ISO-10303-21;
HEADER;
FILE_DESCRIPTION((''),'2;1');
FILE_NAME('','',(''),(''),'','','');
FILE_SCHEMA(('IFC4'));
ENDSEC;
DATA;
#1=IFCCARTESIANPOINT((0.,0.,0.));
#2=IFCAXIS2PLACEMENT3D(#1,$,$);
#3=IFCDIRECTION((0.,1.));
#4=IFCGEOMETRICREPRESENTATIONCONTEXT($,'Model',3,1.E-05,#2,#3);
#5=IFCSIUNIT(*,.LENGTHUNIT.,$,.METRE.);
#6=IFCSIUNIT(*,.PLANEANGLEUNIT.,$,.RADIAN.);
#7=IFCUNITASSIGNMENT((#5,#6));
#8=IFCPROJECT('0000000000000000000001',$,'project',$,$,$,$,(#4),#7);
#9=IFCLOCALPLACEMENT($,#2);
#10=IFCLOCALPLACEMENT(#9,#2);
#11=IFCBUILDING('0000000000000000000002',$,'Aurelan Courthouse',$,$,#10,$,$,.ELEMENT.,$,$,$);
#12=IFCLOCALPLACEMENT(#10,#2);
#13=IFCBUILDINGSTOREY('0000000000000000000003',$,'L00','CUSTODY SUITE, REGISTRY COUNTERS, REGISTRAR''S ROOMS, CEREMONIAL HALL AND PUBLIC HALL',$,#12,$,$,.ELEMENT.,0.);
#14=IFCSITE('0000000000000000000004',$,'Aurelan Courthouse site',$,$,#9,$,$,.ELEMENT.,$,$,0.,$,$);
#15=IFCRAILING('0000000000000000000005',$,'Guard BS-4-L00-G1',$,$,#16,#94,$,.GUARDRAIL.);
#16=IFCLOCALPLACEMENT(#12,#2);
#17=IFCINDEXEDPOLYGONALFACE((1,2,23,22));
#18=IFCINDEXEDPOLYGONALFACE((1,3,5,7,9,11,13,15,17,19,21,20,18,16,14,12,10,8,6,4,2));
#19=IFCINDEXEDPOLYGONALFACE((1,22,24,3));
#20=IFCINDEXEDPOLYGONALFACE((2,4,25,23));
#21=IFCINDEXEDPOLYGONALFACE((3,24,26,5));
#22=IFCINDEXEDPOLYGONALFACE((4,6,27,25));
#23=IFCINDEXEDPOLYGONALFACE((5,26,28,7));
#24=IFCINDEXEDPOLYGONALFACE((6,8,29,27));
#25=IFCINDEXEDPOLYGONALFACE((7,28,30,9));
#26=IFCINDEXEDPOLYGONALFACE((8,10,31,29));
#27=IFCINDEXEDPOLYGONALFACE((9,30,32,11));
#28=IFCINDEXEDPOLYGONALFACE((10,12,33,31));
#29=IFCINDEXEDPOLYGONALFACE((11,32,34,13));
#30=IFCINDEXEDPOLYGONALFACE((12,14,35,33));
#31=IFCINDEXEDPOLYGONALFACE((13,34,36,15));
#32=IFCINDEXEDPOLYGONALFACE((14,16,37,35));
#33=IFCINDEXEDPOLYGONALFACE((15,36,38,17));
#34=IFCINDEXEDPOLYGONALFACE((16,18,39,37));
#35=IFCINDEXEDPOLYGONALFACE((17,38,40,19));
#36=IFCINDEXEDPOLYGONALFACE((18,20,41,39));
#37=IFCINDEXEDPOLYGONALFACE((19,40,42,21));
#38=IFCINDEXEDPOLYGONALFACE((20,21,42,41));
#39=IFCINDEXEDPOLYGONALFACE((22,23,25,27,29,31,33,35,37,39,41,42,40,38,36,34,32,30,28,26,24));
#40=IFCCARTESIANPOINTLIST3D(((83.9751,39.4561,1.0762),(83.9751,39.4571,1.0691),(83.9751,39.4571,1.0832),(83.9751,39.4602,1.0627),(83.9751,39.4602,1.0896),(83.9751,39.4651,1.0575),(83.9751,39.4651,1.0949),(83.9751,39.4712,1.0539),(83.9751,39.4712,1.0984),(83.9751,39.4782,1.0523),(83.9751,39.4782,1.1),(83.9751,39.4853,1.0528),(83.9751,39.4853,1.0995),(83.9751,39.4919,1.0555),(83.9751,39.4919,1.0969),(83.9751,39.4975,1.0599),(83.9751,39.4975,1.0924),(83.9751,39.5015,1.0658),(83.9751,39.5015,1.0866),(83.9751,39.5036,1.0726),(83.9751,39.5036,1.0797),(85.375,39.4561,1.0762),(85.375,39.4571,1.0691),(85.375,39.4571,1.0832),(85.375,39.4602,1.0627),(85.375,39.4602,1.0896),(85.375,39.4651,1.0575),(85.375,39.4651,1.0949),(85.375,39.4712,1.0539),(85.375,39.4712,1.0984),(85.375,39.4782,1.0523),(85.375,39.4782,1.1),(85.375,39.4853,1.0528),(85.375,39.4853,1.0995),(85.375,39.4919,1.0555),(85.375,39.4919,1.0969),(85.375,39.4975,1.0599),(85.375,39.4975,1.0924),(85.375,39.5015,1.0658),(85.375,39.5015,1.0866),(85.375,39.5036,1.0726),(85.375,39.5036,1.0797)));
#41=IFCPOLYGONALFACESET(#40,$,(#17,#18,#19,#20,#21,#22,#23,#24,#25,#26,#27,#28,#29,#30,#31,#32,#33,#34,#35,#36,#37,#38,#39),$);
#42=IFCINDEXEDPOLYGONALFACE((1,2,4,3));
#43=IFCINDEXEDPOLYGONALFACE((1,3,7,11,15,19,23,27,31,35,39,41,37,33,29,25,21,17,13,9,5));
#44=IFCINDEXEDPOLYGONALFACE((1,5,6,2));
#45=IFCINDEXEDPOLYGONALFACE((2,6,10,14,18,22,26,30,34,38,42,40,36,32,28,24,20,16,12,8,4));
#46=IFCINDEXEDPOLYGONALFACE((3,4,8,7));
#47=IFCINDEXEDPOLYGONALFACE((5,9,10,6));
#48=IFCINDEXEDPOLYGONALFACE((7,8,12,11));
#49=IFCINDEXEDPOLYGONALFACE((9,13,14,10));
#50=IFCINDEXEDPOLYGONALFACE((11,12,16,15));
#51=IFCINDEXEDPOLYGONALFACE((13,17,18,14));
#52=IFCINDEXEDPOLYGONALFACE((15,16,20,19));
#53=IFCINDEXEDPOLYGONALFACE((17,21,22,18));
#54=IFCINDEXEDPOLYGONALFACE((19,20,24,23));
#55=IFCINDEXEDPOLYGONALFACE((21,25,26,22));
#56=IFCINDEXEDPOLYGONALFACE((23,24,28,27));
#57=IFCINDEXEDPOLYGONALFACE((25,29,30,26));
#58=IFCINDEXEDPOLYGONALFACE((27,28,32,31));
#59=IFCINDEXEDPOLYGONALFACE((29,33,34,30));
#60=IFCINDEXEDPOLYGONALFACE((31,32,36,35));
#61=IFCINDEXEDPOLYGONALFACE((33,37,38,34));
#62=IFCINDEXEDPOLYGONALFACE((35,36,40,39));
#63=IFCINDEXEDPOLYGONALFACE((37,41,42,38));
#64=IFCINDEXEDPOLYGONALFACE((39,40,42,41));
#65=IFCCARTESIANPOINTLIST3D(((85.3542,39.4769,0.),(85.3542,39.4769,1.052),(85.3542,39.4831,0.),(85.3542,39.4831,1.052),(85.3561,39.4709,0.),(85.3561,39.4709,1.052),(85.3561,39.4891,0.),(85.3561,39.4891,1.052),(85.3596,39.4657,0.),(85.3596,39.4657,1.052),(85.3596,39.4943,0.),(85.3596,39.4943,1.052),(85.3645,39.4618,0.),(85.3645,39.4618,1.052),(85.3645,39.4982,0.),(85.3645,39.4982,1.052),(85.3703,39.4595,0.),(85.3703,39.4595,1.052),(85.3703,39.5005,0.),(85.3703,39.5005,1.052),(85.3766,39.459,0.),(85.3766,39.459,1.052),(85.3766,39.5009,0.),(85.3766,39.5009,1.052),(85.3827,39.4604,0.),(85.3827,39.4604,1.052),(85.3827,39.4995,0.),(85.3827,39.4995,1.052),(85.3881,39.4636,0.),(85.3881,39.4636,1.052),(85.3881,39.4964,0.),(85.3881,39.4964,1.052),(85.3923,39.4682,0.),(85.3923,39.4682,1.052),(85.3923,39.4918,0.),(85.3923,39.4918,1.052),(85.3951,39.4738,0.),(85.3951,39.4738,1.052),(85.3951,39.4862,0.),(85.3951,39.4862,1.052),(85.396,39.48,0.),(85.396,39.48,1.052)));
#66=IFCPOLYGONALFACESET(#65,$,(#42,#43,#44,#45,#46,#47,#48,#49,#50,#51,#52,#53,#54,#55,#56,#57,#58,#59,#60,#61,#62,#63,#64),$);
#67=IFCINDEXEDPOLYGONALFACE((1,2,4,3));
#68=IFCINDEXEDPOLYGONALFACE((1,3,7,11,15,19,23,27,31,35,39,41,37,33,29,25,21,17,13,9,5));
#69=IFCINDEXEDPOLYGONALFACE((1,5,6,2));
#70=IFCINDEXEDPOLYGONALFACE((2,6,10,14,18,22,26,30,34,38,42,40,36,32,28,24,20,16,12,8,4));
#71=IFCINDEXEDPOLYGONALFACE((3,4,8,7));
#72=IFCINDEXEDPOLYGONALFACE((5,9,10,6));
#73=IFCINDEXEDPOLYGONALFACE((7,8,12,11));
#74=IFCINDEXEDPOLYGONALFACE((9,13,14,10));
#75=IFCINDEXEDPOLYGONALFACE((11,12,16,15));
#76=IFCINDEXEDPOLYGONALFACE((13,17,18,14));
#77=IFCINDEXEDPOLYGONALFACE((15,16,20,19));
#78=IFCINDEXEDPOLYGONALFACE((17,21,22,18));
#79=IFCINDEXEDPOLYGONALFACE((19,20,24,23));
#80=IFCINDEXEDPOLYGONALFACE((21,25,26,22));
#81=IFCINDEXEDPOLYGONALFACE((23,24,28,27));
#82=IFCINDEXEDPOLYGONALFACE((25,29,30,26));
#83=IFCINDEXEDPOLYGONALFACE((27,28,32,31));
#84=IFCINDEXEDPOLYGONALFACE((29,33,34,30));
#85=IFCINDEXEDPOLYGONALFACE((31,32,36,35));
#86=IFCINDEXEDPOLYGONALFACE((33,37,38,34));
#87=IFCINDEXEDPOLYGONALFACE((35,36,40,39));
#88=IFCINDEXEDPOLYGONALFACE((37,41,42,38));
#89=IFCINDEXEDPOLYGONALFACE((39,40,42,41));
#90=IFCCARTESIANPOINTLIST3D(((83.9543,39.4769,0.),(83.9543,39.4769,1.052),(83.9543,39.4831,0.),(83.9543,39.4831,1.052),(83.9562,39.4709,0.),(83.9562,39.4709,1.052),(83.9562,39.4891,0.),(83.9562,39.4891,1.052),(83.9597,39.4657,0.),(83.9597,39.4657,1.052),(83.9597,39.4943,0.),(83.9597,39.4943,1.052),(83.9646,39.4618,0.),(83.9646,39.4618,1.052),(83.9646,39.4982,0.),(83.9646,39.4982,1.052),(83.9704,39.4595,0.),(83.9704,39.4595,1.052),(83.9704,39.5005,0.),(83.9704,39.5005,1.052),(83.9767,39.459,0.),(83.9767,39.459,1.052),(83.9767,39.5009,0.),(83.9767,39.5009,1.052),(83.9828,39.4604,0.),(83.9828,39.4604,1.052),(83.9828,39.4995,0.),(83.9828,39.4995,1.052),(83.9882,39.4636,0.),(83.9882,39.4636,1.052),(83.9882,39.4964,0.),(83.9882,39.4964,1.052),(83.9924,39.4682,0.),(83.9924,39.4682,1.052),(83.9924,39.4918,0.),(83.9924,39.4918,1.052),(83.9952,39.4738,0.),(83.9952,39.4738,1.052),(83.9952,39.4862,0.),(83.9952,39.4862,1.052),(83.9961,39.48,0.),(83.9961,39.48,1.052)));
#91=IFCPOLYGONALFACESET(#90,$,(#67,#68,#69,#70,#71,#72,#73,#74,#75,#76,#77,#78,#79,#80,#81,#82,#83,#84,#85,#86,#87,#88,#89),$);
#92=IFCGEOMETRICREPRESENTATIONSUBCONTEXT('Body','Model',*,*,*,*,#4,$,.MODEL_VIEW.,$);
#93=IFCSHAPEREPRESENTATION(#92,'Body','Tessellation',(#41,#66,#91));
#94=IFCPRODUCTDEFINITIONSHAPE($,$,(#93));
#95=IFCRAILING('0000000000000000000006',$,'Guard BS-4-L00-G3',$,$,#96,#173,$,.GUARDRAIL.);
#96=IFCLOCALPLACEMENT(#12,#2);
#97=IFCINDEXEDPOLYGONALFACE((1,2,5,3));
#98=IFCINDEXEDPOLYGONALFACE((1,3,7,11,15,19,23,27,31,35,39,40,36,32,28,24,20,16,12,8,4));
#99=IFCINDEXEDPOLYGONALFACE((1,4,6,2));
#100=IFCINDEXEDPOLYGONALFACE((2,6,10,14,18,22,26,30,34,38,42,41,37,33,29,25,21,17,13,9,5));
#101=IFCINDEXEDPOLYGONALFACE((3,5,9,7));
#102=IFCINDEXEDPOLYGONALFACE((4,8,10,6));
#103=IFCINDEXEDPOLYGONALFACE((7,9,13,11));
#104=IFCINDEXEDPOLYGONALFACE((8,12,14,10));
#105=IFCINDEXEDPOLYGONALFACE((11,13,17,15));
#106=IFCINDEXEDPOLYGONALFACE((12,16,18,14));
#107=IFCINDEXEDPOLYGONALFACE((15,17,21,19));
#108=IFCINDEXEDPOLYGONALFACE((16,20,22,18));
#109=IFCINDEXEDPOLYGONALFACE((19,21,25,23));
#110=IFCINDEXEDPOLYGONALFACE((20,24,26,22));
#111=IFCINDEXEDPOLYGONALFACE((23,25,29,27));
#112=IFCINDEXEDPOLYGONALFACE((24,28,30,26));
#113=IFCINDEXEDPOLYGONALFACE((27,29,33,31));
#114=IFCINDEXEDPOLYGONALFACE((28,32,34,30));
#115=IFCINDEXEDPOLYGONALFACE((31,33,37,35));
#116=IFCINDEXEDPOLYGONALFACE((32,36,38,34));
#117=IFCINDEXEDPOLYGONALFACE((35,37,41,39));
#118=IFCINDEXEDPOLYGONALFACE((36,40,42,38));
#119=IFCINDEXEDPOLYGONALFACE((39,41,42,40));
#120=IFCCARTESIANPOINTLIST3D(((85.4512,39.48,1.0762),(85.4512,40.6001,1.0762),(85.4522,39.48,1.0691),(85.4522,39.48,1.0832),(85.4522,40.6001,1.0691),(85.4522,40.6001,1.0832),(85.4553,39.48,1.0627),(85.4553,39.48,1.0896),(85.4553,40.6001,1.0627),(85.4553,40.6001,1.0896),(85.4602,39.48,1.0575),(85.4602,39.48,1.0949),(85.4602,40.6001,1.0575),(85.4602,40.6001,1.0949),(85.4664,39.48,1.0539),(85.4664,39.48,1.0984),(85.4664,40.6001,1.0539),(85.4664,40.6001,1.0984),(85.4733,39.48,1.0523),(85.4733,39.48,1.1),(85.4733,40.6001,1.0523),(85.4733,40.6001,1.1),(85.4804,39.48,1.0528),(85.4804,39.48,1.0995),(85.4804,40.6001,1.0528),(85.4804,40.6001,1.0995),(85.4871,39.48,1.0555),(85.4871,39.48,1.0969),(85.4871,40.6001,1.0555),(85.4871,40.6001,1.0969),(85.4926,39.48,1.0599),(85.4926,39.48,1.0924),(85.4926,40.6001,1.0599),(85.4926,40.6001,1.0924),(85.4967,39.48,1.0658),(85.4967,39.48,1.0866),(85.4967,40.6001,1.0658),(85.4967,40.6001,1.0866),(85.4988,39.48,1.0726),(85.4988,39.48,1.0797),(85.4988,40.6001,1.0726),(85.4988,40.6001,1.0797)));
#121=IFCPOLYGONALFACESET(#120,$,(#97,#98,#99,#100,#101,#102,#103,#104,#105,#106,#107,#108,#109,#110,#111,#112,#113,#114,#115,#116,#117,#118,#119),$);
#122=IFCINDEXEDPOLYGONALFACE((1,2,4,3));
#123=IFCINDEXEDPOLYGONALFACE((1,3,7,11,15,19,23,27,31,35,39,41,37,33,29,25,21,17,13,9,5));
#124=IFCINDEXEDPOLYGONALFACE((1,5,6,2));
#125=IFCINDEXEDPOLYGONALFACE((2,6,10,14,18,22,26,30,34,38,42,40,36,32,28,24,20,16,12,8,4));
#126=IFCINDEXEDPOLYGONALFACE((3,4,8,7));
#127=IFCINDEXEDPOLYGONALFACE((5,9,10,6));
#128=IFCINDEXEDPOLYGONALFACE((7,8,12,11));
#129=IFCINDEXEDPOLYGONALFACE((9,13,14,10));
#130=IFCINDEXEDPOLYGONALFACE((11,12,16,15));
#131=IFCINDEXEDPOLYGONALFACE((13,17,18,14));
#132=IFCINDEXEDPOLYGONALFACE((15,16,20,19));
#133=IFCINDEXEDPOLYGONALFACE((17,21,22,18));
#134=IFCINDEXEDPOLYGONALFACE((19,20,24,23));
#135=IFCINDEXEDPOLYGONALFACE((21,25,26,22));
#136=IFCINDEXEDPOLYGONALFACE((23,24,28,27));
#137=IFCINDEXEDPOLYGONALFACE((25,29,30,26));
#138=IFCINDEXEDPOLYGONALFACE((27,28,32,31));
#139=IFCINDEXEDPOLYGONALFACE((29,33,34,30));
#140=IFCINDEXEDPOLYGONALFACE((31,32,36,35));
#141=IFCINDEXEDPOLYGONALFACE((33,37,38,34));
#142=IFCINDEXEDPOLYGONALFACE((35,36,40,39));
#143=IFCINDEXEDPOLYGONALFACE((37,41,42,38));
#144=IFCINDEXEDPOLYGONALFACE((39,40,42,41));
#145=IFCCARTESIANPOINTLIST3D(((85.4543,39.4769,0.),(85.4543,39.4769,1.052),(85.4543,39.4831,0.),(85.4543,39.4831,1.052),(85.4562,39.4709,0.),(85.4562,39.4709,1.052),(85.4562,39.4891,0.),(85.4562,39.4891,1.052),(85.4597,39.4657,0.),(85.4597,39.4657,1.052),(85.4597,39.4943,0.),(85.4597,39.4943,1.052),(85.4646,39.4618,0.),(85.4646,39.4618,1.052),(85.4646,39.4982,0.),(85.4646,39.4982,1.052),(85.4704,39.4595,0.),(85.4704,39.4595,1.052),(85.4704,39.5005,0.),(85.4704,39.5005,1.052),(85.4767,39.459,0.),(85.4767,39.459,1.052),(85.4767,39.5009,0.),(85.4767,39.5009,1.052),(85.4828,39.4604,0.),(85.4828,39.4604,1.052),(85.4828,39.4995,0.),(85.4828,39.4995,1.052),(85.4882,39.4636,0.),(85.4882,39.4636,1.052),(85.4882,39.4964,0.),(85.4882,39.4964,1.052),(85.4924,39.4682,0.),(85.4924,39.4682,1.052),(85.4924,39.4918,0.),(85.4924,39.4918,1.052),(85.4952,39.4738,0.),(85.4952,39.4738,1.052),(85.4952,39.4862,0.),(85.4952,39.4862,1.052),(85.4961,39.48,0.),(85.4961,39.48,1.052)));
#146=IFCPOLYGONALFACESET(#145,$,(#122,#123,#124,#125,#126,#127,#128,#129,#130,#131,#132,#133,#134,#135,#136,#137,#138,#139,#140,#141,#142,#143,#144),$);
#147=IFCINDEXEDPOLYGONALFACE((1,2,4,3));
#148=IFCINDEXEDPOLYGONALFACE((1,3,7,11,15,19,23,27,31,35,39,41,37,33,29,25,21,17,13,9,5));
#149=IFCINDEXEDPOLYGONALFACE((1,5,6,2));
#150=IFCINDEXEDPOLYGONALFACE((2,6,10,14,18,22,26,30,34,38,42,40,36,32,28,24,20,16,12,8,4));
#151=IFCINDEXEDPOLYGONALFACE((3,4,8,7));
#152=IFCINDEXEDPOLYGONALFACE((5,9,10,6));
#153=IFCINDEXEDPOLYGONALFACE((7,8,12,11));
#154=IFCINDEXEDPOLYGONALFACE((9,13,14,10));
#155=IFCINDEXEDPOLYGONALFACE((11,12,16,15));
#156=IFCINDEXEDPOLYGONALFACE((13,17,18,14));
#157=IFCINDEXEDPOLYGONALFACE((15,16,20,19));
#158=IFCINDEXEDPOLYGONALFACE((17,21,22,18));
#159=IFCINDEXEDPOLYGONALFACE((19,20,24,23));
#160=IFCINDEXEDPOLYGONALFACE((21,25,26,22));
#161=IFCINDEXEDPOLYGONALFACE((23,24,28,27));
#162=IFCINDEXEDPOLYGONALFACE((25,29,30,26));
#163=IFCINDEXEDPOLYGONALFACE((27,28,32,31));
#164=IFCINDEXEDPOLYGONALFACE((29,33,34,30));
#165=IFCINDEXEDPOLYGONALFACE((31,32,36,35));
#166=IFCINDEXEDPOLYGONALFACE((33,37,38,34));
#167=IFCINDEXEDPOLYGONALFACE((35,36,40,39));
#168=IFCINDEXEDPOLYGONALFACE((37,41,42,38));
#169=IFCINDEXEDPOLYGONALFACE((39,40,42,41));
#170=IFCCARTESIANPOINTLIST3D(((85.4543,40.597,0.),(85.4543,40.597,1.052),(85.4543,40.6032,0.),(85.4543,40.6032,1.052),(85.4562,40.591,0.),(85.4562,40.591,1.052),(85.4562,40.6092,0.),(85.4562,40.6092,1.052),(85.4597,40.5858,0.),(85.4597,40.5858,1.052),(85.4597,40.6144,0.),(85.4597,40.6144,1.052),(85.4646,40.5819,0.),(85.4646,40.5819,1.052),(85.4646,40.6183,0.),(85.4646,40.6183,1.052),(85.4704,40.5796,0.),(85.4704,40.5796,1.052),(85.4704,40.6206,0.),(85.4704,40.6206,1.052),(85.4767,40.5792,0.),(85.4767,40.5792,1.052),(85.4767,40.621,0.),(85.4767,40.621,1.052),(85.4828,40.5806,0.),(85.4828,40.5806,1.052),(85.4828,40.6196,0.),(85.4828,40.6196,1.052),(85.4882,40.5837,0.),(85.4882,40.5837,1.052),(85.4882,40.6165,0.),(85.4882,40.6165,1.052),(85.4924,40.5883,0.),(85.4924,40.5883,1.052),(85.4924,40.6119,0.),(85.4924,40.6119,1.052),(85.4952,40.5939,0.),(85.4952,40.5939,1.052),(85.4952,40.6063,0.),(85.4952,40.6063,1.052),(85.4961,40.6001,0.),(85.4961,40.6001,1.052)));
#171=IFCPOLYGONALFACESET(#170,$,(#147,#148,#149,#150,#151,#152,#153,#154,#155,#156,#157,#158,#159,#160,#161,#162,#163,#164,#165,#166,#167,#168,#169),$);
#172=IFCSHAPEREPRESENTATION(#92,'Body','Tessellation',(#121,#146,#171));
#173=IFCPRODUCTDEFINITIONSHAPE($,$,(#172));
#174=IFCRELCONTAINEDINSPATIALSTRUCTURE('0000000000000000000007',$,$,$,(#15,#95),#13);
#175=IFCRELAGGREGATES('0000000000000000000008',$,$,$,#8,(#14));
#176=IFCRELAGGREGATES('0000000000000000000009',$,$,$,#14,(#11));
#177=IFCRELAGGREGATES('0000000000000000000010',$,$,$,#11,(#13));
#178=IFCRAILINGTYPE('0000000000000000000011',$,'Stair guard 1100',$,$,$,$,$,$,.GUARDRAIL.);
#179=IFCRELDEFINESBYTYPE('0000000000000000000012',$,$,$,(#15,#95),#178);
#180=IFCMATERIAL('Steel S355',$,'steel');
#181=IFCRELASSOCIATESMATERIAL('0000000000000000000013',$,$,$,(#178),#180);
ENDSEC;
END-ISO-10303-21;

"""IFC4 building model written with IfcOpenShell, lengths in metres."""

from ifc_helpers import new_model, si_unit, direction, frame, origin, origin_2d, place, context, subcontext, project, spatial, circle, extrude, material, type_object, element, save


model = new_model("IFC4")

# Units and contexts
model_context = context("Model", 3, precision=1e-05, world=origin(), true_north=direction((0.0, 1.0)))
body_context = subcontext(model_context, "Body", "Model", "MODEL_VIEW")
ifc_project = project(units=[si_unit("LENGTHUNIT", "METRE"), si_unit("PLANEANGLEUNIT", "RADIAN")], contexts=[model_context])

# Site, building, storey
site_placement = place(None, origin())
site = spatial("IfcSite", under=ifc_project, at=site_placement, Name="Aurelan Courthouse site", CompositionType="ELEMENT", RefElevation=0.0)
building_placement = place(site_placement, origin())
building = spatial("IfcBuilding", under=site, at=building_placement, Name="Aurelan Courthouse", CompositionType="ELEMENT")
storey_placement = place(building_placement, origin())
storey = spatial("IfcBuildingStorey", under=building, at=storey_placement, Name="L00", Description="CUSTODY SUITE, REGISTRY COUNTERS, REGISTRAR'S ROOMS, CEREMONIAL HALL AND PUBLIC HALL", CompositionType="ELEMENT", Elevation=0.0)

# Railings
ifc_material_1 = material(Name="Steel S355", Category="steel")
railing_type = type_object("IfcRailingType", Name="Stair guard 1100", PredefinedType="GUARDRAIL", material=ifc_material_1)
railing_1_placement = place(storey_placement, frame((85.375, 39.48, 0.0)))
element("IfcRailing", 1, at=railing_1_placement, inside=storey, type_object=railing_type, Name="Guard BS-4-L00-G1", PredefinedType="GUARDRAIL", context=body_context, shape_type="SweptSolid", body=[
    extrude(circle(Radius=0.0239, at=origin_2d()), frame((0.0, 0.0, 1.0762), z_axis=(-1.0, 0.0, 0.0), x_axis=(0.0, -1.0, 0.0)), (0.0, 0.0, 1.0), 1.3999),
    extrude(circle(Radius=0.021, at=origin_2d()), origin(), (0.0, 0.0, 1.0), 1.052),
    extrude(circle(Radius=0.021, at=origin_2d()), frame((-1.3999, 0.0, 0.0)), (0.0, 0.0, 1.0), 1.052),
])
railing_2_placement = place(storey_placement, frame((85.4751, 39.48, 0.0)))
element("IfcRailing", 2, at=railing_2_placement, inside=storey, type_object=railing_type, Name="Guard BS-4-L00-G3", PredefinedType="GUARDRAIL", context=body_context, shape_type="SweptSolid", body=[
    extrude(circle(Radius=0.0239, at=origin_2d()), frame((0.0, 0.0, 1.0762), z_axis=(0.0, 1.0, 0.0), x_axis=(-1.0, 0.0, 0.0)), (0.0, 0.0, 1.0), 1.1201),
    extrude(circle(Radius=0.021, at=origin_2d()), origin(), (0.0, 0.0, 1.0), 1.052),
    extrude(circle(Radius=0.021, at=origin_2d()), frame((0.0, 1.1201, 0.0)), (0.0, 0.0, 1.0), 1.052),
])

save(model, "model.ifc")
